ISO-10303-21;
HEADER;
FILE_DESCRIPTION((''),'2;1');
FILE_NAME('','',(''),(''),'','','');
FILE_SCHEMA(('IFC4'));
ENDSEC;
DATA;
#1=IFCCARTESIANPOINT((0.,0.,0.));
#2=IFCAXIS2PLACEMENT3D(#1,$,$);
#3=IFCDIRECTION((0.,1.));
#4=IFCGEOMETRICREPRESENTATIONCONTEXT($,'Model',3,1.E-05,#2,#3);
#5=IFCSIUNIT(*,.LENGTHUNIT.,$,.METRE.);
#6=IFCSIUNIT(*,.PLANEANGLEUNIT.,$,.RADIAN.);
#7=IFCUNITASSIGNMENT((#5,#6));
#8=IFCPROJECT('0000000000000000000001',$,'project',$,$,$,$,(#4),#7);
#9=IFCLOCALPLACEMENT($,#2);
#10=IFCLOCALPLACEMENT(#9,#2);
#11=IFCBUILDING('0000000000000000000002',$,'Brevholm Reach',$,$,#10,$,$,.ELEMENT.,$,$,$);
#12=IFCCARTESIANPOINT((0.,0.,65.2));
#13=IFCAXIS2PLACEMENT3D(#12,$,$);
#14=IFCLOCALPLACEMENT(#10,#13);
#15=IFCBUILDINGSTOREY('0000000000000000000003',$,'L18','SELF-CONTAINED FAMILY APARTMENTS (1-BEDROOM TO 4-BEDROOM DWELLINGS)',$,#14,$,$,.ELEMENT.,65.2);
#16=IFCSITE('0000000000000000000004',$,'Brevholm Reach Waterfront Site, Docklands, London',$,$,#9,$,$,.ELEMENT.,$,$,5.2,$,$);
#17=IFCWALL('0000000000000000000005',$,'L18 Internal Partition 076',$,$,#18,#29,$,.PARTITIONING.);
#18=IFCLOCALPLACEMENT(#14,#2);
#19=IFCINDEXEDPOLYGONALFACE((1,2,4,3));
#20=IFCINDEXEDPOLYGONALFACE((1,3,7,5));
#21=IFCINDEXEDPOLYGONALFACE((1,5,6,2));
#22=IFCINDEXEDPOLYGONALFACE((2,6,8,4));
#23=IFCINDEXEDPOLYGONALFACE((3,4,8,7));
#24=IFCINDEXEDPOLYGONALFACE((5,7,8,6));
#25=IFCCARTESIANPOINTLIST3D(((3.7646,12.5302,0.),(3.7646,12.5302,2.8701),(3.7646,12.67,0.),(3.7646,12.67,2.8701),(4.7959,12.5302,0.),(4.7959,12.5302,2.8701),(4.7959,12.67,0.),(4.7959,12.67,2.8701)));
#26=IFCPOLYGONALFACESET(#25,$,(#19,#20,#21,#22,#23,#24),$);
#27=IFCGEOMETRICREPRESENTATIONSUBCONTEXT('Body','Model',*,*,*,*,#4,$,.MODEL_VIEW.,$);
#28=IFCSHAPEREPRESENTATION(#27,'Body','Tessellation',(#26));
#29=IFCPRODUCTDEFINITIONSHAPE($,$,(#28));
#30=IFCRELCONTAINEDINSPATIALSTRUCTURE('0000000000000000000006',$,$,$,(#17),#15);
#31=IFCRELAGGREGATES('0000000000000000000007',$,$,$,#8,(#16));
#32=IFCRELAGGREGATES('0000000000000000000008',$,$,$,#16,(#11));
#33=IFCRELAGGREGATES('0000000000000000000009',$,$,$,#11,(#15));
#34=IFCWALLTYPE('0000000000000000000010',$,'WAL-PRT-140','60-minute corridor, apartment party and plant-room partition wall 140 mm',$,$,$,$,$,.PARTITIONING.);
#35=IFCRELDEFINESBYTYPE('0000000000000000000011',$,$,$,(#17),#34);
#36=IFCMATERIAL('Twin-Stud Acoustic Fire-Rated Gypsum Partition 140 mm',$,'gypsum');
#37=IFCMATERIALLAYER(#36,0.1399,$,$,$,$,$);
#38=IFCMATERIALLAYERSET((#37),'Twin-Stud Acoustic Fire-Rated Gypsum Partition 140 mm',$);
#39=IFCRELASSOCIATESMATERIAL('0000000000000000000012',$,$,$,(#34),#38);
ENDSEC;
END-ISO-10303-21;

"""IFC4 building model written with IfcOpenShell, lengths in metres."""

from ifc_helpers import new_model, si_unit, direction, frame, frame_2d, origin, place, context, subcontext, project, spatial, rectangle, extrude, material, layer, layer_set, type_object, element, save


model = new_model("IFC4")

# Units and contexts
model_context = context("Model", 3, precision=1e-05, world=origin(), true_north=direction((0.0, 1.0)))
body_context = subcontext(model_context, "Body", "Model", "MODEL_VIEW")
ifc_project = project(units=[si_unit("LENGTHUNIT", "METRE"), si_unit("PLANEANGLEUNIT", "RADIAN")], contexts=[model_context])

# Site, building, storey
site_placement = place(None, origin())
site = spatial("IfcSite", under=ifc_project, at=site_placement, Name="Brevholm Reach Waterfront Site, Docklands, London", CompositionType="ELEMENT", RefElevation=5.2)
building_placement = place(site_placement, origin())
building = spatial("IfcBuilding", under=site, at=building_placement, Name="Brevholm Reach", CompositionType="ELEMENT")
storey_placement = place(building_placement, frame((0.0, 0.0, 65.2)))
storey = spatial("IfcBuildingStorey", under=building, at=storey_placement, Name="L18", Description="SELF-CONTAINED FAMILY APARTMENTS (1-BEDROOM TO 4-BEDROOM DWELLINGS)", CompositionType="ELEMENT", Elevation=65.2)

# Shared definitions
ifc_material_1 = material(Name="Twin-Stud Acoustic Fire-Rated Gypsum Partition 140 mm", Category="gypsum")
ifc_layer_1 = layer(ifc_material_1, 0.1399)
ifc_layer_set_1 = layer_set([ifc_layer_1], Name="Twin-Stud Acoustic Fire-Rated Gypsum Partition 140 mm")
wall_type_1 = type_object("IfcWallType", Name="WAL-PRT-140", Description="60-minute corridor, apartment party and plant-room partition wall 140 mm", PredefinedType="PARTITIONING", material=ifc_layer_set_1)

# Wall
wall_1_placement = place(storey_placement, frame((3.7646, 12.6001, 0.0), z_axis=(0.0, 0.0, 1.0), x_axis=(1.0, 0.0, 0.0)))
element("IfcWall", 1, at=wall_1_placement, inside=storey, type_object=wall_type_1, Name="L18 Internal Partition 076", PredefinedType="PARTITIONING", context=body_context, shape_type="SweptSolid", body=[
    extrude(rectangle(XDim=1.0312, YDim=0.1399, at=frame_2d((0.5156, 0.0))), origin(), (0.0, 0.0, 1.0), 2.8701),
])

save(model, "model.ifc")
